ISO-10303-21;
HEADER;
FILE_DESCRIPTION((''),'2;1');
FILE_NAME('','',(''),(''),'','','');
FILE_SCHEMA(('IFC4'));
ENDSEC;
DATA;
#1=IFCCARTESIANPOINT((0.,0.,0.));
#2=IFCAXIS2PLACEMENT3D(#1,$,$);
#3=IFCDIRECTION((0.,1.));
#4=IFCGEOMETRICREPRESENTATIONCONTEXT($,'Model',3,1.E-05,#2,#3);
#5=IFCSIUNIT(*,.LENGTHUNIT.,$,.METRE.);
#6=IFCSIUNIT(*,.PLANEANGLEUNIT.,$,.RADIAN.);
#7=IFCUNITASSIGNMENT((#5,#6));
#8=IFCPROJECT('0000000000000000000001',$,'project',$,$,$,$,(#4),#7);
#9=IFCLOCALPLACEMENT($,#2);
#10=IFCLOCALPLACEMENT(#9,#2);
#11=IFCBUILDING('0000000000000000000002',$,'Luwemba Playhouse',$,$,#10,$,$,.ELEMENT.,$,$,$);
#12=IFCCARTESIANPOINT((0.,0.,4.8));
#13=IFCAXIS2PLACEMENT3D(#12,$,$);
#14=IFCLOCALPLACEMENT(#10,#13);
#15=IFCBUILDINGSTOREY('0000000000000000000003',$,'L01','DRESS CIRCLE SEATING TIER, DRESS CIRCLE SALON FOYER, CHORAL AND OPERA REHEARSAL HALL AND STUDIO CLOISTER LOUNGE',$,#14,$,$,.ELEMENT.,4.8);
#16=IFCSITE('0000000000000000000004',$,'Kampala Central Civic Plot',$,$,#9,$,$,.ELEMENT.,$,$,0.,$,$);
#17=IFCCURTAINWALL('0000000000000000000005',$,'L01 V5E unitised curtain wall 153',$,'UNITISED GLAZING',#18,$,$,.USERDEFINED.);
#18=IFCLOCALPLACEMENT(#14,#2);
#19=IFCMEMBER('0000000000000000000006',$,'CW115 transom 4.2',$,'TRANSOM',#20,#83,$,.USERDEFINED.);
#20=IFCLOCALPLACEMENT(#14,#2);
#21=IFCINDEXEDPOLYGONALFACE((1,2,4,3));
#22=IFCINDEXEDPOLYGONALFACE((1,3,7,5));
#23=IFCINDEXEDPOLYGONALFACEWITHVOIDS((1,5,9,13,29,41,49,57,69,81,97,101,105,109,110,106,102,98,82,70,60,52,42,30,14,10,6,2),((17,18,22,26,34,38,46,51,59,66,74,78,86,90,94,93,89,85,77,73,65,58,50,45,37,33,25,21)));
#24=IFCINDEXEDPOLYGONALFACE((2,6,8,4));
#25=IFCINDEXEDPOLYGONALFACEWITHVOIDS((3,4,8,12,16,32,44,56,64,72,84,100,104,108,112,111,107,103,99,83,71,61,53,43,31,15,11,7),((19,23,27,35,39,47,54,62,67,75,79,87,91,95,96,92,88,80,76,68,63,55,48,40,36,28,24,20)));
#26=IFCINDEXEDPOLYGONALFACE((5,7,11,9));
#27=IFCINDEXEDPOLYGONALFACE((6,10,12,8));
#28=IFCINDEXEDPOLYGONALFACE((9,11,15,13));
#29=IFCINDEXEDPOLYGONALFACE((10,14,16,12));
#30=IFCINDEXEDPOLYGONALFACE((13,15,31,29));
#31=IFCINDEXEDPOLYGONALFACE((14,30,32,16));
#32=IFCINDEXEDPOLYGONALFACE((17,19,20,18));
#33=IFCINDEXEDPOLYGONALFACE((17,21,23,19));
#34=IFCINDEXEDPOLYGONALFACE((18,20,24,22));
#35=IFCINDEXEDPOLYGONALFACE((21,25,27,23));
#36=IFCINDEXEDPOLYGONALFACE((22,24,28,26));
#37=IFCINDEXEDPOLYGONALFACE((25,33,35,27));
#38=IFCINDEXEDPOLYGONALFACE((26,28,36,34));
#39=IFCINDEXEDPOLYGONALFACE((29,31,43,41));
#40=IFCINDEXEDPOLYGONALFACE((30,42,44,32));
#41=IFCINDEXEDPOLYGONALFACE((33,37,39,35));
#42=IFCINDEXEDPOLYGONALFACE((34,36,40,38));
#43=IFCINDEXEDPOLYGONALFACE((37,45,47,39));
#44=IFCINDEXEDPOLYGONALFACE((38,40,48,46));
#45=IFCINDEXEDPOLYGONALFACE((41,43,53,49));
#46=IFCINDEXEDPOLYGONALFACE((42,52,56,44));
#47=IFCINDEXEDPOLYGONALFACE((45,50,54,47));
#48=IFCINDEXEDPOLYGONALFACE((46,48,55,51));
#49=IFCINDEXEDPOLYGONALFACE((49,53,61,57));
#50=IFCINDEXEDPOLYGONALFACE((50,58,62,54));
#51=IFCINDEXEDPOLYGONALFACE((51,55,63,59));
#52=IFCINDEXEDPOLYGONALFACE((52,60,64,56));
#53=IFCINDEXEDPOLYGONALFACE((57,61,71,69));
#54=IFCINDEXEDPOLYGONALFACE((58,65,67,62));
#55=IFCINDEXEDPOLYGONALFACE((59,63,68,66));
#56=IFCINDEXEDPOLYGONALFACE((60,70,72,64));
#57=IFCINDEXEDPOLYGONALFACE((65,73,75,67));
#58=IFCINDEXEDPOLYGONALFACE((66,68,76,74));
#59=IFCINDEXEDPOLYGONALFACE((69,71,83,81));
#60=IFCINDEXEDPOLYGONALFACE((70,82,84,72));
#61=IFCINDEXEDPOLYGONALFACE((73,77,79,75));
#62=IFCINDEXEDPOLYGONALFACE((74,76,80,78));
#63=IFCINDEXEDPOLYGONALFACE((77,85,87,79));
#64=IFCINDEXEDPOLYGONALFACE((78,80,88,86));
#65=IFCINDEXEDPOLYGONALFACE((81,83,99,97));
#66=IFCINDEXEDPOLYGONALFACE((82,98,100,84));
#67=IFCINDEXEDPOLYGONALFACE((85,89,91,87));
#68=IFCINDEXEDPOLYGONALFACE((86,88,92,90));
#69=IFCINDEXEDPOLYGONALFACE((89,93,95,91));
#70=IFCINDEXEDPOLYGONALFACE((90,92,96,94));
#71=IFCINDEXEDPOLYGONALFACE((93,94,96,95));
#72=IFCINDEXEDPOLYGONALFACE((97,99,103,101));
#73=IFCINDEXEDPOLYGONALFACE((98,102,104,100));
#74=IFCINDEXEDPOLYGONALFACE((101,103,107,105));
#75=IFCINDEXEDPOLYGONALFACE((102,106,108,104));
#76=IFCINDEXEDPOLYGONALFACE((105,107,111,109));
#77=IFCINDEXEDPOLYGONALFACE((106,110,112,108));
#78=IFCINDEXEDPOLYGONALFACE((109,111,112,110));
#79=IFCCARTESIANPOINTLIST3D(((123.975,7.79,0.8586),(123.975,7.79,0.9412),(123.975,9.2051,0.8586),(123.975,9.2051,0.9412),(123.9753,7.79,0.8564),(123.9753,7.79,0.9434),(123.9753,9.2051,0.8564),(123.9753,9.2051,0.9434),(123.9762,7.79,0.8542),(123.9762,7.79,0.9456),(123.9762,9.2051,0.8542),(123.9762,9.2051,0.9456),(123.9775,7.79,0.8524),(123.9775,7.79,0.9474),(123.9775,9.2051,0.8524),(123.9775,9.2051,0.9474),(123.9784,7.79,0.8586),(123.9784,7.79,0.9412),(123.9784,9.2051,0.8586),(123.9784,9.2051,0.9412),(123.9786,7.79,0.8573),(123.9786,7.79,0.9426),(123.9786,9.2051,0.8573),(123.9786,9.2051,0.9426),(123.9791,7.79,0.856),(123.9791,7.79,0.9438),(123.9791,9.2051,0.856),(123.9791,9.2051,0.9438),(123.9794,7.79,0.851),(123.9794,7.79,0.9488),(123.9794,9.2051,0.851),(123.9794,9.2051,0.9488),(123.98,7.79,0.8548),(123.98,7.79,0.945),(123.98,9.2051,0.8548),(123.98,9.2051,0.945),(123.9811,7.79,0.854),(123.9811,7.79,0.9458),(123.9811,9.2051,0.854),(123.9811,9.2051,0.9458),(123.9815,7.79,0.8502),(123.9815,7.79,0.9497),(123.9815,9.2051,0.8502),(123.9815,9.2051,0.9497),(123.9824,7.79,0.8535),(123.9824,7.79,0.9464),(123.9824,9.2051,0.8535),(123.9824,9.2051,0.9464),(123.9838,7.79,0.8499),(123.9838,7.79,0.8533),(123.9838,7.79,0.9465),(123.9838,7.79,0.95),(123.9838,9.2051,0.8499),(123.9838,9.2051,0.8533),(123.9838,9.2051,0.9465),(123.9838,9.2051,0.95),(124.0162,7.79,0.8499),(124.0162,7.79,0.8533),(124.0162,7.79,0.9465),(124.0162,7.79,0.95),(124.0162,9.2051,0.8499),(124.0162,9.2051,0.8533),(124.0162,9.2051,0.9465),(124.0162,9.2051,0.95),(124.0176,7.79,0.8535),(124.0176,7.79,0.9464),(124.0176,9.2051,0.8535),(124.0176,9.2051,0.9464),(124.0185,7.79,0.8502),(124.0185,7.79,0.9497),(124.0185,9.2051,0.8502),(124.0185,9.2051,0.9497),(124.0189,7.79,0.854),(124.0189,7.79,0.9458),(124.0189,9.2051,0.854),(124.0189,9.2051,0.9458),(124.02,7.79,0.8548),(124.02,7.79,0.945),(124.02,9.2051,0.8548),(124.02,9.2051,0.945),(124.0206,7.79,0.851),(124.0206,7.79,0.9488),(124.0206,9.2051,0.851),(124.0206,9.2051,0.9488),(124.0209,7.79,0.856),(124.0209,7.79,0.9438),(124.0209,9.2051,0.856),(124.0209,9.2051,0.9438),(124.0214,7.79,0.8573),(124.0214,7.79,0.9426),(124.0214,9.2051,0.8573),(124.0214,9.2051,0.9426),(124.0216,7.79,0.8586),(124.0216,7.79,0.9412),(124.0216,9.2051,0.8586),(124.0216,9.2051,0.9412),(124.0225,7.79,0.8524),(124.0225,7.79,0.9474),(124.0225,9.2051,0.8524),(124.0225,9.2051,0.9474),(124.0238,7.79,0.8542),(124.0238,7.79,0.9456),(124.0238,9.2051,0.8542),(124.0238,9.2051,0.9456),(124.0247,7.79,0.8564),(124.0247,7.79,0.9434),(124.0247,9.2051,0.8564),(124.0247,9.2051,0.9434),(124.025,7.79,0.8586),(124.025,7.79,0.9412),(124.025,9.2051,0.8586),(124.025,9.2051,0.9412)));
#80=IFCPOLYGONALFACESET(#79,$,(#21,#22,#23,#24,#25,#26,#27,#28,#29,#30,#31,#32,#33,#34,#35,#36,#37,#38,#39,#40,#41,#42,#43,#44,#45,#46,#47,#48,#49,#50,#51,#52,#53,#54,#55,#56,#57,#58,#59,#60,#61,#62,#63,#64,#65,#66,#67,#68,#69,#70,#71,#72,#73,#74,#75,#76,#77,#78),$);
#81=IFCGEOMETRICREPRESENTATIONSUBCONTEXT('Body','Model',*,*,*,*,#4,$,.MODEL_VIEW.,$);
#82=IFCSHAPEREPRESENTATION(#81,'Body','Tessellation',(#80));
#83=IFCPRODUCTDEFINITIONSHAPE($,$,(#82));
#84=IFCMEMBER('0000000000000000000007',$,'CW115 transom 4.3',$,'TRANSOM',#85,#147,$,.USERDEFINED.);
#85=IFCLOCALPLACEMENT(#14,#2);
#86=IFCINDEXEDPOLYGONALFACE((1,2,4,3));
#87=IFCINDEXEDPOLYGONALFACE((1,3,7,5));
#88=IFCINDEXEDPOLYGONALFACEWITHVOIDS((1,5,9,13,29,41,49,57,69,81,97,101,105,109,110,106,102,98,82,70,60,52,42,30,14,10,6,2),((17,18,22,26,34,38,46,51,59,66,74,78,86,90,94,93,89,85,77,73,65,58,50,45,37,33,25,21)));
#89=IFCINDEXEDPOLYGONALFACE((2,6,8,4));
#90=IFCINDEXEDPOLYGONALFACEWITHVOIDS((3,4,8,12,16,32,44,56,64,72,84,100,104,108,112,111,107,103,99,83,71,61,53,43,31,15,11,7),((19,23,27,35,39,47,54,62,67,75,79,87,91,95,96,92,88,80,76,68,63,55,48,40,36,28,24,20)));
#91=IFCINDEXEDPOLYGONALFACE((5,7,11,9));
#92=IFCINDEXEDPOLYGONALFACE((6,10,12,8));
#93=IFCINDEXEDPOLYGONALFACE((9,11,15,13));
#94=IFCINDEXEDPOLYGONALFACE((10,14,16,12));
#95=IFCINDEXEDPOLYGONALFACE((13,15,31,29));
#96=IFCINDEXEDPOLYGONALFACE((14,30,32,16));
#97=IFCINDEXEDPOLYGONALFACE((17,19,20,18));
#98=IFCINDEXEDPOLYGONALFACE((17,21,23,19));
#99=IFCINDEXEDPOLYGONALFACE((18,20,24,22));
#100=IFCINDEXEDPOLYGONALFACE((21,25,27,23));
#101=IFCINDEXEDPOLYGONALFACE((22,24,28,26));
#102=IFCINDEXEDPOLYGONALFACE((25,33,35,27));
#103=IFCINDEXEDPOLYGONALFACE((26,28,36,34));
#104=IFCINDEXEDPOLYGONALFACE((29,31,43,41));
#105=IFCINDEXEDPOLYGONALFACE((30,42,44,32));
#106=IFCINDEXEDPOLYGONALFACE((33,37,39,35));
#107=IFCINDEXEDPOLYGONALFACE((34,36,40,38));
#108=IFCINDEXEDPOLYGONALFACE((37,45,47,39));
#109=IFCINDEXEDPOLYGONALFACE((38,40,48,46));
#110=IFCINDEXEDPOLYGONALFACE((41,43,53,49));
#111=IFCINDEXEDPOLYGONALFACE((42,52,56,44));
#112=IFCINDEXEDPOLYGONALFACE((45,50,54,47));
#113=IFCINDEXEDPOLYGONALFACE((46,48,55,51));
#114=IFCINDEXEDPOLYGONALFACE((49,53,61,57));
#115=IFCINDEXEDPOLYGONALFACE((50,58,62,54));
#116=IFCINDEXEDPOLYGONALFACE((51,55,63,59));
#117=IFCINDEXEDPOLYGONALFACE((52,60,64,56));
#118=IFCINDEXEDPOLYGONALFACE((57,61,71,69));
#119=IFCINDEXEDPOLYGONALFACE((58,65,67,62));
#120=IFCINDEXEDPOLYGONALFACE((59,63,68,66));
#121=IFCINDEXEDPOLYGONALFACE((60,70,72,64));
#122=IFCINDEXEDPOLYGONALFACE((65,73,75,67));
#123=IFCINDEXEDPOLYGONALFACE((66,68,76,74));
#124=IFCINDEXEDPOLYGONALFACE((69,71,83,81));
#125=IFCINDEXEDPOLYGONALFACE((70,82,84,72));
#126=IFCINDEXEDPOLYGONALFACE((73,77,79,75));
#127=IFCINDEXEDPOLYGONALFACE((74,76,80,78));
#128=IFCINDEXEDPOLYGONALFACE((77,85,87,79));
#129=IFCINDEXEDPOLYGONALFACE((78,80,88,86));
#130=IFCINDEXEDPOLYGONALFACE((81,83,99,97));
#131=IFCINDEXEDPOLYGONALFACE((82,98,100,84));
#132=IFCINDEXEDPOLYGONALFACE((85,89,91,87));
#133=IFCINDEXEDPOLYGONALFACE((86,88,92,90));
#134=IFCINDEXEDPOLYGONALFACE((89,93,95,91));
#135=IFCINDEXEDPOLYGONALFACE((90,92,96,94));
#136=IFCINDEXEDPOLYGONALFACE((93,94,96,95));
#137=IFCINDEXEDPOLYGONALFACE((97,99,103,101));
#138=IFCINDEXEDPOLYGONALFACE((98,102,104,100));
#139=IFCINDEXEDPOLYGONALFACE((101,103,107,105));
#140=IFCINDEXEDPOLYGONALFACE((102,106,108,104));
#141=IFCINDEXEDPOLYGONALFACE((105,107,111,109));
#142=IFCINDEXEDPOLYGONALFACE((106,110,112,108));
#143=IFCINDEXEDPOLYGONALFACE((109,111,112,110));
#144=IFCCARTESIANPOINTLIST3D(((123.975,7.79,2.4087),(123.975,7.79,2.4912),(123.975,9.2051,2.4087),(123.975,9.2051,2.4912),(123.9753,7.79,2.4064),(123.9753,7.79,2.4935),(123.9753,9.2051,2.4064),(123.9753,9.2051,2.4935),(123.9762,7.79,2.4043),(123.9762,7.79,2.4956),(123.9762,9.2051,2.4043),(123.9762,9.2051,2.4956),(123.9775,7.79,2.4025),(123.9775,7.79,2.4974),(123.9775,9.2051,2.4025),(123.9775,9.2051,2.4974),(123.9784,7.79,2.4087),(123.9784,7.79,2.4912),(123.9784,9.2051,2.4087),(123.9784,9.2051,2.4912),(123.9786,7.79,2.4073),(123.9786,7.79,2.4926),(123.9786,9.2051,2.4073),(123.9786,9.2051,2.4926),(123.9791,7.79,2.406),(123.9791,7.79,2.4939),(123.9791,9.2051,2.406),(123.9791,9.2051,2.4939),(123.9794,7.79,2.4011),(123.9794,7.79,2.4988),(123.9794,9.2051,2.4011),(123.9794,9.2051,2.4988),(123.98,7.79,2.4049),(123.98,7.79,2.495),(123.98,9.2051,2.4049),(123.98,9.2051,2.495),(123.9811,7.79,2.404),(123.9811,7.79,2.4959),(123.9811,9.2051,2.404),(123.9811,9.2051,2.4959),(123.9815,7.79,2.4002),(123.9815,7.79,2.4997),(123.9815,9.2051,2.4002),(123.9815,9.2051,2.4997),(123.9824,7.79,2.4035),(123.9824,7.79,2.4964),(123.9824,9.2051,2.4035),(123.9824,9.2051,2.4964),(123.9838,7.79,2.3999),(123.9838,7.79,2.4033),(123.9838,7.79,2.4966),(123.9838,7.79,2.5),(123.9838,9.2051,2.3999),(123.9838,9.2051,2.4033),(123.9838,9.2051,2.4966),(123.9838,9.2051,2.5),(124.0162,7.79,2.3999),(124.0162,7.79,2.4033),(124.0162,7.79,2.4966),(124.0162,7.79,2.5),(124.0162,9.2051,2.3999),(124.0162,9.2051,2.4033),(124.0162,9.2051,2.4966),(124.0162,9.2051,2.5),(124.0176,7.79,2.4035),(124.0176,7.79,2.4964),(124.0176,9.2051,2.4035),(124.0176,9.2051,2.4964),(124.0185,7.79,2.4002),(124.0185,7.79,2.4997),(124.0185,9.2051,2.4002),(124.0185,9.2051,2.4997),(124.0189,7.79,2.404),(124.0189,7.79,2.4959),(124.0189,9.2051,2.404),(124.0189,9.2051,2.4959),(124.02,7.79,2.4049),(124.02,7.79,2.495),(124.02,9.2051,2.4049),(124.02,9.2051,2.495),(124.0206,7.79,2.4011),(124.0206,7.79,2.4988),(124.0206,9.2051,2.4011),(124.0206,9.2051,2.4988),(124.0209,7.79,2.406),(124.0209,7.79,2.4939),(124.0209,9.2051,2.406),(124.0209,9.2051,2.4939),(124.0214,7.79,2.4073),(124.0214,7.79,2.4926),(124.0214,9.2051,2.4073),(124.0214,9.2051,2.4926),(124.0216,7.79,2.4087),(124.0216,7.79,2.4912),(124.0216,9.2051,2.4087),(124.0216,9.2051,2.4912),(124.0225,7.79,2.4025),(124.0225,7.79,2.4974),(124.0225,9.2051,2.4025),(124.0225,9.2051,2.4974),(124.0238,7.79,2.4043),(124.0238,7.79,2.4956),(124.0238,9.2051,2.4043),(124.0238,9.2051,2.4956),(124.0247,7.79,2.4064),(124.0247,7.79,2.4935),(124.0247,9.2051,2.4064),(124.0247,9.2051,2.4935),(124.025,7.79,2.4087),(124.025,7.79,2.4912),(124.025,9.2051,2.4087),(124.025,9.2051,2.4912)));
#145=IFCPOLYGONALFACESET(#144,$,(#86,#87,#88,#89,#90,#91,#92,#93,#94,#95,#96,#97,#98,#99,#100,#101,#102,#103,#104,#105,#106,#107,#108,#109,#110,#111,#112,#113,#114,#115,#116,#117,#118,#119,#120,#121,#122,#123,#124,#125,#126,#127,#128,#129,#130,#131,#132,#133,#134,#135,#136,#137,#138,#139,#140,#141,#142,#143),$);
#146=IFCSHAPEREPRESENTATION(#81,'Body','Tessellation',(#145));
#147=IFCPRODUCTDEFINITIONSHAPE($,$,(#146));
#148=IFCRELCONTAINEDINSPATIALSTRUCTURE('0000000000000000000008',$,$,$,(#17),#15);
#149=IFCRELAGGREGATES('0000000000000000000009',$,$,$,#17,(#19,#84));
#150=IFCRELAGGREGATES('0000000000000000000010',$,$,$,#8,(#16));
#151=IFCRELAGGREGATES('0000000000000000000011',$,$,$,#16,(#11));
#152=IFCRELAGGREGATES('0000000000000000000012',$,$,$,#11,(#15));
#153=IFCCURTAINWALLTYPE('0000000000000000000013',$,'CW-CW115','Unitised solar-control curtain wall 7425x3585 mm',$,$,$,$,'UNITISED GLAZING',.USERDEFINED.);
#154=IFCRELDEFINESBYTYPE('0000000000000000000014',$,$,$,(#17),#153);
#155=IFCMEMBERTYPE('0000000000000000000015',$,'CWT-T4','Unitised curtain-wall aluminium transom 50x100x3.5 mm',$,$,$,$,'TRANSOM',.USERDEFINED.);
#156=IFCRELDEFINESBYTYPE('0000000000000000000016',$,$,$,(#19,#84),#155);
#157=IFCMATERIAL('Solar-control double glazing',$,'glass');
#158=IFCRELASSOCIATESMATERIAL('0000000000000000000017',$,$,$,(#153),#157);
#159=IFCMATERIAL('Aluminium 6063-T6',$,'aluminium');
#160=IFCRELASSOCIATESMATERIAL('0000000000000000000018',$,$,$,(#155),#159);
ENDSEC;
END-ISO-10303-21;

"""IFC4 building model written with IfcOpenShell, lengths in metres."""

from ifc_helpers import new_model, si_unit, direction, frame, origin, origin_2d, place, context, subcontext, project, spatial, hollow_rectangle, extrude, material, material_profile, profile_set, type_object, element, aggregate, save


model = new_model("IFC4")

# Units and contexts
model_context = context("Model", 3, precision=1e-05, world=origin(), true_north=direction((0.0, 1.0)))
body_context = subcontext(model_context, "Body", "Model", "MODEL_VIEW")
ifc_project = project(units=[si_unit("LENGTHUNIT", "METRE"), si_unit("PLANEANGLEUNIT", "RADIAN")], contexts=[model_context])

# Site, building, storey
site_placement = place(None, origin())
site = spatial("IfcSite", under=ifc_project, at=site_placement, Name="Kampala Central Civic Plot", CompositionType="ELEMENT", RefElevation=0.0)
building_placement = place(site_placement, origin())
building = spatial("IfcBuilding", under=site, at=building_placement, Name="Luwemba Playhouse", CompositionType="ELEMENT")
storey_placement = place(building_placement, frame((0.0, 0.0, 4.8)))
storey = spatial("IfcBuildingStorey", under=building, at=storey_placement, Name="L01", Description="DRESS CIRCLE SEATING TIER, DRESS CIRCLE SALON FOYER, CHORAL AND OPERA REHEARSAL HALL AND STUDIO CLOISTER LOUNGE", CompositionType="ELEMENT", Elevation=4.8)

# Curtain wall, members
ifc_material_1 = material(Name="Solar-control double glazing", Category="glass")
curtain_wall_type = type_object("IfcCurtainWallType", Name="CW-CW115", Description="Unitised solar-control curtain wall 7425x3585 mm", ElementType="UNITISED GLAZING", PredefinedType="USERDEFINED", material=ifc_material_1)
curtain_wall_placement = place(storey_placement, origin())
curtain_wall = element("IfcCurtainWall", 1, at=curtain_wall_placement, inside=storey, type_object=curtain_wall_type, Name="L01 V5E unitised curtain wall 153", ObjectType="UNITISED GLAZING", PredefinedType="USERDEFINED")
ifc_material_2 = material(Name="Aluminium 6063-T6", Category="aluminium")
ifc_material_profile_1 = material_profile(ifc_material_2, hollow_rectangle(XDim=0.05, YDim=0.1001, WallThickness=0.0034, InnerFilletRadius=0.0054, OuterFilletRadius=0.0088, at=origin_2d()))
ifc_profile_set_1 = profile_set([ifc_material_profile_1], Name="Aluminium 6063-T6")
member_type_1 = type_object("IfcMemberType", Name="CWT-T4", Description="Unitised curtain-wall aluminium transom 50x100x3.5 mm", ElementType="TRANSOM", PredefinedType="USERDEFINED", material=ifc_profile_set_1)
member_1_placement = place(storey_placement, frame((124.0, 7.79, 0.8999), z_axis=(0.0, 1.0, 0.0), x_axis=(-1.0, 0.0, 0.0)))
member_1 = element("IfcMember", 2, at=member_1_placement, type_object=member_type_1, Name="CW115 transom 4.2", ObjectType="TRANSOM", PredefinedType="USERDEFINED", context=body_context, shape_type="SweptSolid", body=[
    extrude(hollow_rectangle(XDim=0.05, YDim=0.1001, WallThickness=0.0034, InnerFilletRadius=0.0054, OuterFilletRadius=0.0088, at=origin_2d()), origin(), (0.0, 0.0, 1.0), 1.415),
])
member_2_placement = place(storey_placement, frame((124.0, 7.79, 2.45), z_axis=(0.0, 1.0, 0.0), x_axis=(-1.0, 0.0, 0.0)))
member_2 = element("IfcMember", 3, at=member_2_placement, type_object=member_type_1, Name="CW115 transom 4.3", ObjectType="TRANSOM", PredefinedType="USERDEFINED", context=body_context, shape_type="SweptSolid", body=[
    extrude(hollow_rectangle(XDim=0.05, YDim=0.1001, WallThickness=0.0034, InnerFilletRadius=0.0054, OuterFilletRadius=0.0088, at=origin_2d()), origin(), (0.0, 0.0, 1.0), 1.415),
])

aggregate(curtain_wall, [member_1, member_2])

save(model, "model.ifc")
